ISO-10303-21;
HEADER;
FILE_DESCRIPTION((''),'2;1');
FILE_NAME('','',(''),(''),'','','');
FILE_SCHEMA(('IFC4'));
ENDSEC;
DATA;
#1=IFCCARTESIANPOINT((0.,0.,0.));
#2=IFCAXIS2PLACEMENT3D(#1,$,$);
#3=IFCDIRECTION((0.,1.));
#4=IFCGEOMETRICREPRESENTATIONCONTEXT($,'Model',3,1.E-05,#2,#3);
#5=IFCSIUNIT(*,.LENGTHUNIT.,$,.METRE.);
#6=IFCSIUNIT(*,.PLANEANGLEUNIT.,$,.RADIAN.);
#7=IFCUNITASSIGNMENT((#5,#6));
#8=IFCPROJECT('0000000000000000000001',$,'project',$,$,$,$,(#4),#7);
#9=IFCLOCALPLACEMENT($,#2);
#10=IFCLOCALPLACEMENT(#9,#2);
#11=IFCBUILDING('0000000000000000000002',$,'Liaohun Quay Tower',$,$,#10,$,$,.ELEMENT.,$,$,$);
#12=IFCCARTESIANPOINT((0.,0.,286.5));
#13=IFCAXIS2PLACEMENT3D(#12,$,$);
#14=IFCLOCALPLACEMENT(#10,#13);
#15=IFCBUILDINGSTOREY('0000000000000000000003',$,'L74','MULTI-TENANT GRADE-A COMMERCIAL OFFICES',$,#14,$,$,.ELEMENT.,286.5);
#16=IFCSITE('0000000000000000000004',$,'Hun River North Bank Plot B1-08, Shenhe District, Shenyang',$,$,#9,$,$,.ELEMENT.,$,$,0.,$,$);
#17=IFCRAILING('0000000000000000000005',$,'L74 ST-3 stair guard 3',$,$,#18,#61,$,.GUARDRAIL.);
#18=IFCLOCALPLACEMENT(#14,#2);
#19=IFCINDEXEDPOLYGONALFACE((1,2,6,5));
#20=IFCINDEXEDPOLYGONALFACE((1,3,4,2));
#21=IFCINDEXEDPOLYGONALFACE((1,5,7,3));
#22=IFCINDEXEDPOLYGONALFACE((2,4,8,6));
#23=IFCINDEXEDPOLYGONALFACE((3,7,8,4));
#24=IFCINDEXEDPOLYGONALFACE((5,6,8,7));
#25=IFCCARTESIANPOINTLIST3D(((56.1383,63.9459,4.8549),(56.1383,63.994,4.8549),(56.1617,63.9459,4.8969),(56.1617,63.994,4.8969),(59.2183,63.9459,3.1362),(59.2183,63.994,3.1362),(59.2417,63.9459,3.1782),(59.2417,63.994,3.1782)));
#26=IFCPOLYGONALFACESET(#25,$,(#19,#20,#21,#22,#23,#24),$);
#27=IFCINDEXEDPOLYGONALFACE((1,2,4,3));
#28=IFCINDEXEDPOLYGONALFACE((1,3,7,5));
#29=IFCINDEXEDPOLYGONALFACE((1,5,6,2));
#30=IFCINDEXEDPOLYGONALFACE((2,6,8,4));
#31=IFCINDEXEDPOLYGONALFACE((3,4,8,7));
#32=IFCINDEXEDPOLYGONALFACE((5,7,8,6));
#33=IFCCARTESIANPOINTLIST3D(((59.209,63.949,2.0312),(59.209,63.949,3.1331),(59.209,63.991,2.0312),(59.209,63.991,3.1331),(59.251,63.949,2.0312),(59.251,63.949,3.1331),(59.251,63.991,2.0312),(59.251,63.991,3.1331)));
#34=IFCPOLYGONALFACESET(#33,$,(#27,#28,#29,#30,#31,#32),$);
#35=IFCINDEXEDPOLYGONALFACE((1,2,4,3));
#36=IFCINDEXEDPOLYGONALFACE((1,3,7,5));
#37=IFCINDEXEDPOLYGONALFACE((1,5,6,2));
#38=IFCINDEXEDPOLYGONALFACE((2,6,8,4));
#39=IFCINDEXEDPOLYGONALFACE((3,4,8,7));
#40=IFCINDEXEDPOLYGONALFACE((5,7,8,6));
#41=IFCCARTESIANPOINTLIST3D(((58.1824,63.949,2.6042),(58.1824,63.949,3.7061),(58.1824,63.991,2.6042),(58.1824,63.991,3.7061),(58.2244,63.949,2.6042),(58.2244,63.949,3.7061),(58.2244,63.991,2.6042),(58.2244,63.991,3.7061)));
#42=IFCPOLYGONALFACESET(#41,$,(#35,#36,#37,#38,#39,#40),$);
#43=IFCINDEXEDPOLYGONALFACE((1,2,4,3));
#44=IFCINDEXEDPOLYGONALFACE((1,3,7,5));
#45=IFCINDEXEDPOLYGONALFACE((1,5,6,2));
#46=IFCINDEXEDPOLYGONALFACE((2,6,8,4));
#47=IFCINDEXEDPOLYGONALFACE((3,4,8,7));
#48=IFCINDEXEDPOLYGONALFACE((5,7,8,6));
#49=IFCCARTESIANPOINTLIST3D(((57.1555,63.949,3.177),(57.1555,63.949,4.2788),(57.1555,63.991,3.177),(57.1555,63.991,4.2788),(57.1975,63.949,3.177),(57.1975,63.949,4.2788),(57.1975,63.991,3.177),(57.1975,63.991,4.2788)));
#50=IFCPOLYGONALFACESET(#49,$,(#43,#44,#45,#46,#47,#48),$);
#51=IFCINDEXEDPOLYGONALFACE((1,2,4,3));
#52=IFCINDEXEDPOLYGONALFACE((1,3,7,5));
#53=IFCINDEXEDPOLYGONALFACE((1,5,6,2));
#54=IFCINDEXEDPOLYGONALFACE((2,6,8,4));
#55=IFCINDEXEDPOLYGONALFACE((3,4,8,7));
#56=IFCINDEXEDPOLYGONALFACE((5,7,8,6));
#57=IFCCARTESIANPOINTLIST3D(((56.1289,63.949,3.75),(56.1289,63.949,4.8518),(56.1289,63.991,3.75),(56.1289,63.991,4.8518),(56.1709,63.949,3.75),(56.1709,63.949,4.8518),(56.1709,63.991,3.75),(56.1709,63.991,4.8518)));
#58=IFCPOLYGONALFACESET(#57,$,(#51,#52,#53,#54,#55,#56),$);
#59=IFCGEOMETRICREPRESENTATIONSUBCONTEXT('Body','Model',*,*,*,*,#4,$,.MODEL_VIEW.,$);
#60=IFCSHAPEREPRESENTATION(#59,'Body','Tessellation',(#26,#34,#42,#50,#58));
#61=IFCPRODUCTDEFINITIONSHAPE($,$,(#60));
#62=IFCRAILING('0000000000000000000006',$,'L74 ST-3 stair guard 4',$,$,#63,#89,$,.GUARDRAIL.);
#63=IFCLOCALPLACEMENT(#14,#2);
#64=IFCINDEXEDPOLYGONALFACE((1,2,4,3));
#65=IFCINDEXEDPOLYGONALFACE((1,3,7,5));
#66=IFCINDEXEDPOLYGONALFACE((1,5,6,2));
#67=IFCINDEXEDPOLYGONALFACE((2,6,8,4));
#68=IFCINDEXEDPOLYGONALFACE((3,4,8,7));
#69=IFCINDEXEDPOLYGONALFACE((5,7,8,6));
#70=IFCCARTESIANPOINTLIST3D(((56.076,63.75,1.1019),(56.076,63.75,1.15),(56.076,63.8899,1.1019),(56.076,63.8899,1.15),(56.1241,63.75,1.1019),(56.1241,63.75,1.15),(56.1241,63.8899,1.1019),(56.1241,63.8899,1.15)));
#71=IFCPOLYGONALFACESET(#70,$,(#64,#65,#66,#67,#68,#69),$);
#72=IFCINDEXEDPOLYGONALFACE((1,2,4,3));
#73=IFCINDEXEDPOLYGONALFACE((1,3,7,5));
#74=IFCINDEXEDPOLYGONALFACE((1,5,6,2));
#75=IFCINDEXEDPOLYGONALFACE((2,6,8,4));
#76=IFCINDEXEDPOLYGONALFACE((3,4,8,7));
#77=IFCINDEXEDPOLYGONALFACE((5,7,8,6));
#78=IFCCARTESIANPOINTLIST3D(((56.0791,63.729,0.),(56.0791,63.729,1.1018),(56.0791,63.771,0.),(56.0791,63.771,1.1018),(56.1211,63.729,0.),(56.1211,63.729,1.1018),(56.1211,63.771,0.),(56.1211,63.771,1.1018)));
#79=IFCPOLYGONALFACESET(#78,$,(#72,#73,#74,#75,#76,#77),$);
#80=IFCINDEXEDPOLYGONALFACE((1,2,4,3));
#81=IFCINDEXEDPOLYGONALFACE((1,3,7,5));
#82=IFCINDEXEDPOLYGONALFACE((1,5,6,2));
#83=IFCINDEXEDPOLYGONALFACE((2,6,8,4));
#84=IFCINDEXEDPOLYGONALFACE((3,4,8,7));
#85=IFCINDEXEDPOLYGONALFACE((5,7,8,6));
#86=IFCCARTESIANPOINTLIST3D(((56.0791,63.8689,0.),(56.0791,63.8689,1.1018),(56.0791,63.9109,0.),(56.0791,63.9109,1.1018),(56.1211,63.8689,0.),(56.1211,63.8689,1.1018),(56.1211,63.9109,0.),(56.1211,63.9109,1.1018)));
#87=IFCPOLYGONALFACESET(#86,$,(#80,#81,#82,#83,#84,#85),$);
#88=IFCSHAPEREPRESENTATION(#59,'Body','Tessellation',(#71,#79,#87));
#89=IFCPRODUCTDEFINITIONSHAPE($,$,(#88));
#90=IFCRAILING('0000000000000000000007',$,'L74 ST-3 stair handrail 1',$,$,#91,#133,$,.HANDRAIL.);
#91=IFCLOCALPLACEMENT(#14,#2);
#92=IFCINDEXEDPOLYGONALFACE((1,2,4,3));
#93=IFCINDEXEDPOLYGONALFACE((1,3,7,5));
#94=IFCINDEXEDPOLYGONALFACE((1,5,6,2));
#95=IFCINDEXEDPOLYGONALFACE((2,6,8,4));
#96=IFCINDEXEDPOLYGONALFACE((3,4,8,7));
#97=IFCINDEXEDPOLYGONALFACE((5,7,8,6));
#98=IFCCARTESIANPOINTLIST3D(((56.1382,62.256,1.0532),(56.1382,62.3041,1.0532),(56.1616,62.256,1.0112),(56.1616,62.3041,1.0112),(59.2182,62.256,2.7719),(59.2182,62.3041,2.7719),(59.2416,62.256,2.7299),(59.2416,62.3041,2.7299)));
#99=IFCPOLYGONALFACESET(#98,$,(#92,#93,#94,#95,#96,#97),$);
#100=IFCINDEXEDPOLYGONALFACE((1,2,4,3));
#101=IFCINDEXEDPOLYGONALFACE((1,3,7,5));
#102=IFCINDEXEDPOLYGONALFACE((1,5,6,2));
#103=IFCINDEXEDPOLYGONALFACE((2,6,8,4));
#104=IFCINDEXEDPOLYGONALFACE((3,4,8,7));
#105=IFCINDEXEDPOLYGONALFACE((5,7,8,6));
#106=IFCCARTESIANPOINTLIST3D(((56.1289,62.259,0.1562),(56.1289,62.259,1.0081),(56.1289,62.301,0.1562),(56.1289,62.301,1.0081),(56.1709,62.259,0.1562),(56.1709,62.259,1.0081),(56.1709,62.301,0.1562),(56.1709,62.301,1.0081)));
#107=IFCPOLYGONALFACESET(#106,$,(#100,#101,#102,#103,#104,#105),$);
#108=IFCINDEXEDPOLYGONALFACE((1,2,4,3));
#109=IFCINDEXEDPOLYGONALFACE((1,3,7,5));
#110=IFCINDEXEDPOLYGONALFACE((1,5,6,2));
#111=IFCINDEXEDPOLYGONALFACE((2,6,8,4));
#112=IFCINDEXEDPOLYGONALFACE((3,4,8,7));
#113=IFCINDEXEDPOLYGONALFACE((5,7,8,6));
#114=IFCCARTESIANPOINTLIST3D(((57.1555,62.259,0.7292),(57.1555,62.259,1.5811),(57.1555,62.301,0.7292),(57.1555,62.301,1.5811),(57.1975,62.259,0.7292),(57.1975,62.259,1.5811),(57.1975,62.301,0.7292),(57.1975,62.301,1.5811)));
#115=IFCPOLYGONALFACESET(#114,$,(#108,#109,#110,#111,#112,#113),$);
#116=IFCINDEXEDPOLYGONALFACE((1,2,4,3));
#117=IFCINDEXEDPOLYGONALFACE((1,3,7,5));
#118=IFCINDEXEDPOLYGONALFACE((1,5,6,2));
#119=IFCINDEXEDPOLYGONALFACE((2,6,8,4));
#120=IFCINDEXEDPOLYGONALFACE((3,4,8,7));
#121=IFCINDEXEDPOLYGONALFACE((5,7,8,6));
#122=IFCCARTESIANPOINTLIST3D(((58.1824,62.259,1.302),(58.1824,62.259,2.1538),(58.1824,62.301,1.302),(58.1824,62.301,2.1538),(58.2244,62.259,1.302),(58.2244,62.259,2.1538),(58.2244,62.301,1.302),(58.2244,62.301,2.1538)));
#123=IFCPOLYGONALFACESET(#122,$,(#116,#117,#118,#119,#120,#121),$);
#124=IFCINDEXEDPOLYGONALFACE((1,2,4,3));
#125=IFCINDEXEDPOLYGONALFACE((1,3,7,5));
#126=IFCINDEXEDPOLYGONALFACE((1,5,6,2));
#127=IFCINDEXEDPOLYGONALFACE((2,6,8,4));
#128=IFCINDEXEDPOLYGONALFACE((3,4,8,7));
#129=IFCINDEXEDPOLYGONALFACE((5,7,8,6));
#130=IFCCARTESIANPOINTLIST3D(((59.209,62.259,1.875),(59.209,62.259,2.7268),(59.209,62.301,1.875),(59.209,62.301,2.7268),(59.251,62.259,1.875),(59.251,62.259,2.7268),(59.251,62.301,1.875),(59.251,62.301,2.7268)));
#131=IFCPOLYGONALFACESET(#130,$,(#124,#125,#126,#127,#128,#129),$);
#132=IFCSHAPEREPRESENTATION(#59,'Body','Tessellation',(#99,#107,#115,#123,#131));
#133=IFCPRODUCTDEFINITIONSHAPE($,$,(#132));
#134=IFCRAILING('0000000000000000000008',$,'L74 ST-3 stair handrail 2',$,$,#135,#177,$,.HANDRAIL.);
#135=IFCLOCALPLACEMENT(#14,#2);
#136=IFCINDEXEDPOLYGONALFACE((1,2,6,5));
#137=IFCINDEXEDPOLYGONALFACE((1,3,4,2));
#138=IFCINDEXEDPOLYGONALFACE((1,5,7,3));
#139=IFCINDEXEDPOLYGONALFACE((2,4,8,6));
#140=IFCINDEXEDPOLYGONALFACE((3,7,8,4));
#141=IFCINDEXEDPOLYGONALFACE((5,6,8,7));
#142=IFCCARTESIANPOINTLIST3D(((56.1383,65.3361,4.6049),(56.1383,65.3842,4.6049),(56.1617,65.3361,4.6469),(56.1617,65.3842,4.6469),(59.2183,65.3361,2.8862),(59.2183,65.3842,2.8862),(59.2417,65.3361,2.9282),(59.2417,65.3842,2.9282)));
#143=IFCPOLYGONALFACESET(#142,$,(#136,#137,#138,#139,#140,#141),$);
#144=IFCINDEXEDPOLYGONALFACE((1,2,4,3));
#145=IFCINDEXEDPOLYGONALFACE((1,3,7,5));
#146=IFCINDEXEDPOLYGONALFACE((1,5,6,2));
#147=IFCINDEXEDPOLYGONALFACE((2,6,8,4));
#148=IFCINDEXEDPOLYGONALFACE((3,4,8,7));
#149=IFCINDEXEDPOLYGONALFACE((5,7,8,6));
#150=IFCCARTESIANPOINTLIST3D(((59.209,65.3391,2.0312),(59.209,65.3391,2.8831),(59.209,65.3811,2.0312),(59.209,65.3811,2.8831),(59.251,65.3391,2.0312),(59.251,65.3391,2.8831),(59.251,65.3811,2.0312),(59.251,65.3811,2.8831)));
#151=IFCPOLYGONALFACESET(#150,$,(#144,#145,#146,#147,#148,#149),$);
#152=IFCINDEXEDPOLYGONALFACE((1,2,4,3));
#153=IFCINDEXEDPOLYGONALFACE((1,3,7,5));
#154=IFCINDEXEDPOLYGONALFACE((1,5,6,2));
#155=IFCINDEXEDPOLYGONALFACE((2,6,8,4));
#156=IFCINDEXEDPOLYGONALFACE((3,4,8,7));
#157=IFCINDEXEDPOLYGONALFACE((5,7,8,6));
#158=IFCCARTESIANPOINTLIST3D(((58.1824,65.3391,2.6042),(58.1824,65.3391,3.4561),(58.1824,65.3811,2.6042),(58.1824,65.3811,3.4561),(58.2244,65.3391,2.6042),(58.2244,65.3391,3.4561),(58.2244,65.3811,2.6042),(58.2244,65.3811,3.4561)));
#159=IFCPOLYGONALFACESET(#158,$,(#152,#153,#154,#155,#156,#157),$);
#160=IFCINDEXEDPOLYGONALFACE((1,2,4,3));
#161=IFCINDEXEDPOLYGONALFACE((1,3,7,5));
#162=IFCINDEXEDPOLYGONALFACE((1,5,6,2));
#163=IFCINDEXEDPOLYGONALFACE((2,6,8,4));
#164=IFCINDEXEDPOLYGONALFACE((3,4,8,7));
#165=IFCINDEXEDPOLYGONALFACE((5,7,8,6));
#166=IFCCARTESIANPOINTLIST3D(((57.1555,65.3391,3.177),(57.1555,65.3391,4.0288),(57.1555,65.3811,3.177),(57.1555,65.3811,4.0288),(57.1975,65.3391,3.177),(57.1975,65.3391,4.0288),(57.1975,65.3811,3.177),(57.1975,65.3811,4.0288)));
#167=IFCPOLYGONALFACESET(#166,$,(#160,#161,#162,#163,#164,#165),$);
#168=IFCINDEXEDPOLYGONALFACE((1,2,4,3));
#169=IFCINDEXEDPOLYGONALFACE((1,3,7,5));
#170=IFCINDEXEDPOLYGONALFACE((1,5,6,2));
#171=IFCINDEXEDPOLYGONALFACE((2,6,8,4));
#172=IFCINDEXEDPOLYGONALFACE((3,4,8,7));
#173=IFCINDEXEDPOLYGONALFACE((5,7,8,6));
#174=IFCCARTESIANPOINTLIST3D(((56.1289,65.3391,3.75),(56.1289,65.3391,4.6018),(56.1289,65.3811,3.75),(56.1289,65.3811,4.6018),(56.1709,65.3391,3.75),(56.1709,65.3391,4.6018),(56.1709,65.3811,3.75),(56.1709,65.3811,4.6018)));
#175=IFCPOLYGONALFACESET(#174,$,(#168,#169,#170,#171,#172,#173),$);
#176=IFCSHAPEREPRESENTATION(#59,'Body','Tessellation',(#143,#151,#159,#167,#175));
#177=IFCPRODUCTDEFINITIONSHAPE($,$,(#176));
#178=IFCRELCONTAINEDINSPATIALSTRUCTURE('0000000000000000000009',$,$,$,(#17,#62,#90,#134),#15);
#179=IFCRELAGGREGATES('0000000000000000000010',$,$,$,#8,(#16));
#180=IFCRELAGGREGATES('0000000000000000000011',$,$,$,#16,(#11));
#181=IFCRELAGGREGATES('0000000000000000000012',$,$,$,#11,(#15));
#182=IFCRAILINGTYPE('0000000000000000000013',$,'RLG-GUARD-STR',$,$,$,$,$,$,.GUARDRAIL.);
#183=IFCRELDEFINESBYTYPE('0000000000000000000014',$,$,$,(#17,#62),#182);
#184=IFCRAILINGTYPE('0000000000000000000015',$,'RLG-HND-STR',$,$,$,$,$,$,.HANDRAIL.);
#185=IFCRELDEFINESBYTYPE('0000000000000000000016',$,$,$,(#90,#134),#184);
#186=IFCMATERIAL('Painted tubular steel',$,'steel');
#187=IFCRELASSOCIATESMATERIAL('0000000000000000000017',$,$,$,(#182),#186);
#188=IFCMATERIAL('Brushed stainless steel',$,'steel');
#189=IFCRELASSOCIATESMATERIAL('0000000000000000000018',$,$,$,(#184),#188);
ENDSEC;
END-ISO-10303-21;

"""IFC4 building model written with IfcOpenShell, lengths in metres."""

from ifc_helpers import new_model, si_unit, direction, frame, origin, origin_2d, place, context, subcontext, project, spatial, rectangle, extrude, material, type_object, element, save


model = new_model("IFC4")

# Units and contexts
model_context = context("Model", 3, precision=1e-05, world=origin(), true_north=direction((0.0, 1.0)))
body_context = subcontext(model_context, "Body", "Model", "MODEL_VIEW")
ifc_project = project(units=[si_unit("LENGTHUNIT", "METRE"), si_unit("PLANEANGLEUNIT", "RADIAN")], contexts=[model_context])

# Site, building, storey
site_placement = place(None, origin())
site = spatial("IfcSite", under=ifc_project, at=site_placement, Name="Hun River North Bank Plot B1-08, Shenhe District, Shenyang", CompositionType="ELEMENT", RefElevation=0.0)
building_placement = place(site_placement, origin())
building = spatial("IfcBuilding", under=site, at=building_placement, Name="Liaohun Quay Tower", CompositionType="ELEMENT")
storey_placement = place(building_placement, frame((0.0, 0.0, 286.5)))
storey = spatial("IfcBuildingStorey", under=building, at=storey_placement, Name="L74", Description="MULTI-TENANT GRADE-A COMMERCIAL OFFICES", CompositionType="ELEMENT", Elevation=286.5)

# Railings
ifc_material_1 = material(Name="Painted tubular steel", Category="steel")
railing_type_1 = type_object("IfcRailingType", Name="RLG-GUARD-STR", PredefinedType="GUARDRAIL", material=ifc_material_1)
railing_1_placement = place(storey_placement, frame((59.23, 63.97, 2.0312)))
element("IfcRailing", 1, at=railing_1_placement, inside=storey, type_object=railing_type_1, Name="L74 ST-3 stair guard 3", PredefinedType="GUARDRAIL", context=body_context, shape_type="SweptSolid", body=[
    extrude(rectangle(XDim=0.0481, YDim=0.0481, at=origin_2d()), frame((0.0, 0.0, 1.126), z_axis=(-0.873242, 0.0, 0.487288), x_axis=(0.0, -1.0, 0.0)), (0.0, 0.0, 1.0), 3.5271),
    extrude(rectangle(XDim=0.042, YDim=0.042, at=origin_2d()), origin(), (0.0, 0.0, 1.0), 1.1018),
    extrude(rectangle(XDim=0.042, YDim=0.042, at=origin_2d()), frame((-1.0266, 0.0, 0.573)), (0.0, 0.0, 1.0), 1.1018),
    extrude(rectangle(XDim=0.042, YDim=0.042, at=origin_2d()), frame((-2.0535, 0.0, 1.1458)), (0.0, 0.0, 1.0), 1.1018),
    extrude(rectangle(XDim=0.042, YDim=0.042, at=origin_2d()), frame((-3.0801, 0.0, 1.7188)), (0.0, 0.0, 1.0), 1.1018),
])
railing_2_placement = place(storey_placement, frame((56.1001, 63.75, 0.0)))
element("IfcRailing", 2, at=railing_2_placement, inside=storey, type_object=railing_type_1, Name="L74 ST-3 stair guard 4", PredefinedType="GUARDRAIL", context=body_context, shape_type="SweptSolid", body=[
    extrude(rectangle(XDim=0.0481, YDim=0.0481, at=origin_2d()), frame((0.0, 0.0, 1.126), z_axis=(0.0, 1.0, 0.0), x_axis=(-1.0, 0.0, 0.0)), (0.0, 0.0, 1.0), 0.1399),
    extrude(rectangle(XDim=0.042, YDim=0.042, at=origin_2d()), origin(), (0.0, 0.0, 1.0), 1.1018),
    extrude(rectangle(XDim=0.042, YDim=0.042, at=origin_2d()), frame((0.0, 0.1399, 0.0)), (0.0, 0.0, 1.0), 1.1018),
])
ifc_material_2 = material(Name="Brushed stainless steel", Category="steel")
railing_type_2 = type_object("IfcRailingType", Name="RLG-HND-STR", PredefinedType="HANDRAIL", material=ifc_material_2)
railing_3_placement = place(storey_placement, frame((56.1499, 62.28, 0.1562)))
element("IfcRailing", 3, at=railing_3_placement, inside=storey, type_object=railing_type_2, Name="L74 ST-3 stair handrail 1", PredefinedType="HANDRAIL", context=body_context, shape_type="SweptSolid", body=[
    extrude(rectangle(XDim=0.0481, YDim=0.0481, at=origin_2d()), frame((0.0, 0.0, 0.876), z_axis=(0.873242, 0.0, 0.487288), x_axis=(0.0, 1.0, 0.0)), (0.0, 0.0, 1.0), 3.5271),
    extrude(rectangle(XDim=0.042, YDim=0.042, at=origin_2d()), origin(), (0.0, 0.0, 1.0), 0.8518),
    extrude(rectangle(XDim=0.042, YDim=0.042, at=origin_2d()), frame((1.0266, 0.0, 0.573)), (0.0, 0.0, 1.0), 0.8518),
    extrude(rectangle(XDim=0.042, YDim=0.042, at=origin_2d()), frame((2.0535, 0.0, 1.1458)), (0.0, 0.0, 1.0), 0.8518),
    extrude(rectangle(XDim=0.042, YDim=0.042, at=origin_2d()), frame((3.0801, 0.0, 1.7188)), (0.0, 0.0, 1.0), 0.8518),
])
railing_4_placement = place(storey_placement, frame((59.23, 65.3601, 2.0312)))
element("IfcRailing", 4, at=railing_4_placement, inside=storey, type_object=railing_type_2, Name="L74 ST-3 stair handrail 2", PredefinedType="HANDRAIL", context=body_context, shape_type="SweptSolid", body=[
    extrude(rectangle(XDim=0.0481, YDim=0.0481, at=origin_2d()), frame((0.0, 0.0, 0.876), z_axis=(-0.873242, 0.0, 0.487288), x_axis=(0.0, -1.0, 0.0)), (0.0, 0.0, 1.0), 3.5271),
    extrude(rectangle(XDim=0.042, YDim=0.042, at=origin_2d()), origin(), (0.0, 0.0, 1.0), 0.8518),
    extrude(rectangle(XDim=0.042, YDim=0.042, at=origin_2d()), frame((-1.0266, 0.0, 0.573)), (0.0, 0.0, 1.0), 0.8518),
    extrude(rectangle(XDim=0.042, YDim=0.042, at=origin_2d()), frame((-2.0535, 0.0, 1.1458)), (0.0, 0.0, 1.0), 0.8518),
    extrude(rectangle(XDim=0.042, YDim=0.042, at=origin_2d()), frame((-3.0801, 0.0, 1.7188)), (0.0, 0.0, 1.0), 0.8518),
])

save(model, "model.ifc")
